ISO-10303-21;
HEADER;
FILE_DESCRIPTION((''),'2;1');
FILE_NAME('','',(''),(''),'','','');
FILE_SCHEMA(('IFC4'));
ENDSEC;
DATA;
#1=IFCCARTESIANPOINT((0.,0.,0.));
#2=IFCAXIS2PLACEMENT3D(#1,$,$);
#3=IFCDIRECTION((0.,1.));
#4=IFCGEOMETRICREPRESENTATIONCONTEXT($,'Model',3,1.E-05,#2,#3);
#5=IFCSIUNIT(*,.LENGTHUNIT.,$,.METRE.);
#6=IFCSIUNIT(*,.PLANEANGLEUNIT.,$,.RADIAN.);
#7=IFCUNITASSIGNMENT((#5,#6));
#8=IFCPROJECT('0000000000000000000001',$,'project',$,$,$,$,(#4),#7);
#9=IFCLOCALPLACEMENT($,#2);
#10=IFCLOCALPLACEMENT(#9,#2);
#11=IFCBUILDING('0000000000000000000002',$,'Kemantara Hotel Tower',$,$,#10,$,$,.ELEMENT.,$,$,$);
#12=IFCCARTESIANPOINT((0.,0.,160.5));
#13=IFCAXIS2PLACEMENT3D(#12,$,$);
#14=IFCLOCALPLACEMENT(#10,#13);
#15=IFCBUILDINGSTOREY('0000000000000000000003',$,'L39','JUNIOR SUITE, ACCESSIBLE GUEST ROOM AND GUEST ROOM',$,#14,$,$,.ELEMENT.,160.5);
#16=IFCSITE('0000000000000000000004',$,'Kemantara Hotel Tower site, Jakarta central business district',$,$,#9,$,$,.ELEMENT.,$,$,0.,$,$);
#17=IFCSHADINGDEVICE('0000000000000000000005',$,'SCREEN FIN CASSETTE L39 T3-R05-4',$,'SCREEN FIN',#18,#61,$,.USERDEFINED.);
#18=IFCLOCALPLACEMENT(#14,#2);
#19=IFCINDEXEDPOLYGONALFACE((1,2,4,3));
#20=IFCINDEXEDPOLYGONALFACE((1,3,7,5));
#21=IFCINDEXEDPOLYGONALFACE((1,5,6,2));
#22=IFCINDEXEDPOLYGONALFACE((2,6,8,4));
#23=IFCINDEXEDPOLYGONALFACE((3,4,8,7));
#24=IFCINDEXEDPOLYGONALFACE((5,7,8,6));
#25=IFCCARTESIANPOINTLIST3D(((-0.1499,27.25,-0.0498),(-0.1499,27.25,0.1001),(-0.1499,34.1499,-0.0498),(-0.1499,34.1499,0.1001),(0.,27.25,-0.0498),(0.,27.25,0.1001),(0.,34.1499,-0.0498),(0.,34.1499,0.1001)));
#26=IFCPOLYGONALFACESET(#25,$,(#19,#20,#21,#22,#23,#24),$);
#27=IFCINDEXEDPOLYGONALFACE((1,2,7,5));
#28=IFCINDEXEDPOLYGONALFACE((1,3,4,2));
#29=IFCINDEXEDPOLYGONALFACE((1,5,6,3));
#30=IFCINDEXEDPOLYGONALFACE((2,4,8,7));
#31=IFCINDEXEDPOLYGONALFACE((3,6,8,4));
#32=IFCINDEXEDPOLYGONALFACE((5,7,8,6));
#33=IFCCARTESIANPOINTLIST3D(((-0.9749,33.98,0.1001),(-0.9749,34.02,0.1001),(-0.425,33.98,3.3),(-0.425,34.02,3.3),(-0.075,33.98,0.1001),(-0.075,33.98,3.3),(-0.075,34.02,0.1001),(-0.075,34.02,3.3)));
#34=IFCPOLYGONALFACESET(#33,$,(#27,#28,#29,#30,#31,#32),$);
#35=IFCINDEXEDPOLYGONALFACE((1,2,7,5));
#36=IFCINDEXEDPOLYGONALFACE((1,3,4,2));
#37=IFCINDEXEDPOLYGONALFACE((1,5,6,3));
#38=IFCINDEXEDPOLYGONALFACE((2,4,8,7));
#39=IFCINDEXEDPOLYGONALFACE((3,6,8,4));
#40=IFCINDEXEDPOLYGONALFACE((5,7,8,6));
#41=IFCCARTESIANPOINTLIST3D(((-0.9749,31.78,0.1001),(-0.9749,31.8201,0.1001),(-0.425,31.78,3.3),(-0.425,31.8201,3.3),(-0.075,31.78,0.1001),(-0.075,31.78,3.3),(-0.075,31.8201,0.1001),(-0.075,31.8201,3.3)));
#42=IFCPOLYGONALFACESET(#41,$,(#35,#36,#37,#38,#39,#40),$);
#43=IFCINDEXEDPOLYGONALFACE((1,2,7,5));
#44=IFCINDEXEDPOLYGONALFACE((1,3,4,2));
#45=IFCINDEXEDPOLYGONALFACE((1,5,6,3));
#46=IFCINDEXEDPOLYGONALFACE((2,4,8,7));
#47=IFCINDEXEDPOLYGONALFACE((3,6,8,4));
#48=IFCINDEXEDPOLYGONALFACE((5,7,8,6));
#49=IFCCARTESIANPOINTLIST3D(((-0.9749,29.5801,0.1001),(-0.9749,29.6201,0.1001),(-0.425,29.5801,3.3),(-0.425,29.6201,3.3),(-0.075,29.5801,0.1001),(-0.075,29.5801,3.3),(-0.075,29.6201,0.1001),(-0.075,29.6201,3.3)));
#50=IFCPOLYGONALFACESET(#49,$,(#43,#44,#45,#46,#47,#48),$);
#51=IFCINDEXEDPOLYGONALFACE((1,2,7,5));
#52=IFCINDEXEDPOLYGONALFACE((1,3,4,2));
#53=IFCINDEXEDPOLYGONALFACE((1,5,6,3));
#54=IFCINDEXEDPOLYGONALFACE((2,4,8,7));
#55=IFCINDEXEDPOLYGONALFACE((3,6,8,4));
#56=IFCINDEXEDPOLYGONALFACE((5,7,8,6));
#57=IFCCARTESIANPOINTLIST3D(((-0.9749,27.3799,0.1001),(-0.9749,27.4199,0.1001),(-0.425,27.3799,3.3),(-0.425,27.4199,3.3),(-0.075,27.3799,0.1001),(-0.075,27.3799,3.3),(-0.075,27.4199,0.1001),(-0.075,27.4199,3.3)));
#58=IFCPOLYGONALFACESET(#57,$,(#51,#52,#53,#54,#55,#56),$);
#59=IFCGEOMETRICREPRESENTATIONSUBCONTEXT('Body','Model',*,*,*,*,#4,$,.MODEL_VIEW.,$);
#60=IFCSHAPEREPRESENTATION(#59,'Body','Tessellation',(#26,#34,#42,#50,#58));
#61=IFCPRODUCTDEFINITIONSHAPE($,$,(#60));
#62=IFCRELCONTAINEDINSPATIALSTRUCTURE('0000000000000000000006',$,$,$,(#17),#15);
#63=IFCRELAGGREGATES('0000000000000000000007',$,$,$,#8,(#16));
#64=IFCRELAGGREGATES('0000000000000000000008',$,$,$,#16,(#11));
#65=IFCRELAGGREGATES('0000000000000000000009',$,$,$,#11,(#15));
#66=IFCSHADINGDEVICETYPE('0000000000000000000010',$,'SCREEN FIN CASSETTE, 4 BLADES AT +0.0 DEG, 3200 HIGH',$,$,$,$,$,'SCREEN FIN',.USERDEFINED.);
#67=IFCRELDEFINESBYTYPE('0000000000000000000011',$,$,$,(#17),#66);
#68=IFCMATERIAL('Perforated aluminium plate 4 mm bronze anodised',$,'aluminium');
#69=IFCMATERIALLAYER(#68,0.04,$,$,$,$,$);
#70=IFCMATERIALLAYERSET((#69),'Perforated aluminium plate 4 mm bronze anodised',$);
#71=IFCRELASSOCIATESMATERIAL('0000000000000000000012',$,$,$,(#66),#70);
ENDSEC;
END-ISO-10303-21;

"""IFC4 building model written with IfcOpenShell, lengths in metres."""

from ifc_helpers import new_model, si_unit, direction, frame, origin, origin_2d, place, context, subcontext, project, spatial, polyline, rectangle, outline, extrude, source, transform, mapped, material, layer, layer_set, type_object, element, save


model = new_model("IFC4")

# Units and contexts
model_context = context("Model", 3, precision=1e-05, world=origin(), true_north=direction((0.0, 1.0)))
body_context = subcontext(model_context, "Body", "Model", "MODEL_VIEW")
ifc_project = project(units=[si_unit("LENGTHUNIT", "METRE"), si_unit("PLANEANGLEUNIT", "RADIAN")], contexts=[model_context])

# Site, building, storey
site_placement = place(None, origin())
site = spatial("IfcSite", under=ifc_project, at=site_placement, Name="Kemantara Hotel Tower site, Jakarta central business district", CompositionType="ELEMENT", RefElevation=0.0)
building_placement = place(site_placement, origin())
building = spatial("IfcBuilding", under=site, at=building_placement, Name="Kemantara Hotel Tower", CompositionType="ELEMENT")
storey_placement = place(building_placement, frame((0.0, 0.0, 160.5)))
storey = spatial("IfcBuildingStorey", under=building, at=storey_placement, Name="L39", Description="JUNIOR SUITE, ACCESSIBLE GUEST ROOM AND GUEST ROOM", CompositionType="ELEMENT", Elevation=160.5)

# Shading device
ifc_material_1 = material(Name="Perforated aluminium plate 4 mm bronze anodised", Category="aluminium")
ifc_layer_1 = layer(ifc_material_1, 0.04)
ifc_layer_set_1 = layer_set([ifc_layer_1], Name="Perforated aluminium plate 4 mm bronze anodised")
shading_device_type = type_object("IfcShadingDeviceType", Name="SCREEN FIN CASSETTE, 4 BLADES AT +0.0 DEG, 3200 HIGH", ElementType="SCREEN FIN", PredefinedType="USERDEFINED", material=ifc_layer_set_1)
shared_shape_1 = source(origin(), body_context, "Body", "SweptSolid", [
    extrude(rectangle(XDim=6.8999, YDim=0.1499, at=origin_2d()), frame((3.3, -0.075, -0.1499), z_axis=(0.0, 0.0, 1.0), x_axis=(1.0, 0.0, 0.0)), (0.0, 0.0, 1.0), 0.1499),
    extrude(outline(polyline([(0.0, 0.0), (0.8999, 0.0), (0.3501, 3.2), (0.0, 3.2), (0.0, 0.0)])), frame((0.02, -0.075, 0.0), z_axis=(-1.0, 0.0, 0.0), x_axis=(0.0, -1.0, 0.0)), (0.0, 0.0, 1.0), 0.04),
    extrude(outline(polyline([(0.0, 0.0), (0.8999, 0.0), (0.3501, 3.2), (0.0, 3.2), (0.0, 0.0)])), frame((2.22, -0.075, 0.0), z_axis=(-1.0, 0.0, 0.0), x_axis=(0.0, -1.0, 0.0)), (0.0, 0.0, 1.0), 0.04),
    extrude(outline(polyline([(0.0, 0.0), (0.8999, 0.0), (0.3501, 3.2), (0.0, 3.2), (0.0, 0.0)])), frame((4.4199, -0.075, 0.0), z_axis=(-1.0, 0.0, 0.0), x_axis=(0.0, -1.0, 0.0)), (0.0, 0.0, 1.0), 0.04),
    extrude(outline(polyline([(0.0, 0.0), (0.8999, 0.0), (0.3501, 3.2), (0.0, 3.2), (0.0, 0.0)])), frame((6.6201, -0.075, 0.0), z_axis=(-1.0, 0.0, 0.0), x_axis=(0.0, -1.0, 0.0)), (0.0, 0.0, 1.0), 0.04),
])
shading_device_placement = place(storey_placement, frame((0.0, 34.0, 0.1001), z_axis=(0.0, 0.0, 1.0), x_axis=(0.0, -1.0, 0.0)))
element("IfcShadingDevice", 1, at=shading_device_placement, inside=storey, type_object=shading_device_type, Name="SCREEN FIN CASSETTE L39 T3-R05-4", ObjectType="SCREEN FIN", PredefinedType="USERDEFINED", context=body_context, shape_type="MappedRepresentation", body=[
    mapped(shared_shape_1, transform((0.0, 0.0, 0.0))),
])

save(model, "model.ifc")
